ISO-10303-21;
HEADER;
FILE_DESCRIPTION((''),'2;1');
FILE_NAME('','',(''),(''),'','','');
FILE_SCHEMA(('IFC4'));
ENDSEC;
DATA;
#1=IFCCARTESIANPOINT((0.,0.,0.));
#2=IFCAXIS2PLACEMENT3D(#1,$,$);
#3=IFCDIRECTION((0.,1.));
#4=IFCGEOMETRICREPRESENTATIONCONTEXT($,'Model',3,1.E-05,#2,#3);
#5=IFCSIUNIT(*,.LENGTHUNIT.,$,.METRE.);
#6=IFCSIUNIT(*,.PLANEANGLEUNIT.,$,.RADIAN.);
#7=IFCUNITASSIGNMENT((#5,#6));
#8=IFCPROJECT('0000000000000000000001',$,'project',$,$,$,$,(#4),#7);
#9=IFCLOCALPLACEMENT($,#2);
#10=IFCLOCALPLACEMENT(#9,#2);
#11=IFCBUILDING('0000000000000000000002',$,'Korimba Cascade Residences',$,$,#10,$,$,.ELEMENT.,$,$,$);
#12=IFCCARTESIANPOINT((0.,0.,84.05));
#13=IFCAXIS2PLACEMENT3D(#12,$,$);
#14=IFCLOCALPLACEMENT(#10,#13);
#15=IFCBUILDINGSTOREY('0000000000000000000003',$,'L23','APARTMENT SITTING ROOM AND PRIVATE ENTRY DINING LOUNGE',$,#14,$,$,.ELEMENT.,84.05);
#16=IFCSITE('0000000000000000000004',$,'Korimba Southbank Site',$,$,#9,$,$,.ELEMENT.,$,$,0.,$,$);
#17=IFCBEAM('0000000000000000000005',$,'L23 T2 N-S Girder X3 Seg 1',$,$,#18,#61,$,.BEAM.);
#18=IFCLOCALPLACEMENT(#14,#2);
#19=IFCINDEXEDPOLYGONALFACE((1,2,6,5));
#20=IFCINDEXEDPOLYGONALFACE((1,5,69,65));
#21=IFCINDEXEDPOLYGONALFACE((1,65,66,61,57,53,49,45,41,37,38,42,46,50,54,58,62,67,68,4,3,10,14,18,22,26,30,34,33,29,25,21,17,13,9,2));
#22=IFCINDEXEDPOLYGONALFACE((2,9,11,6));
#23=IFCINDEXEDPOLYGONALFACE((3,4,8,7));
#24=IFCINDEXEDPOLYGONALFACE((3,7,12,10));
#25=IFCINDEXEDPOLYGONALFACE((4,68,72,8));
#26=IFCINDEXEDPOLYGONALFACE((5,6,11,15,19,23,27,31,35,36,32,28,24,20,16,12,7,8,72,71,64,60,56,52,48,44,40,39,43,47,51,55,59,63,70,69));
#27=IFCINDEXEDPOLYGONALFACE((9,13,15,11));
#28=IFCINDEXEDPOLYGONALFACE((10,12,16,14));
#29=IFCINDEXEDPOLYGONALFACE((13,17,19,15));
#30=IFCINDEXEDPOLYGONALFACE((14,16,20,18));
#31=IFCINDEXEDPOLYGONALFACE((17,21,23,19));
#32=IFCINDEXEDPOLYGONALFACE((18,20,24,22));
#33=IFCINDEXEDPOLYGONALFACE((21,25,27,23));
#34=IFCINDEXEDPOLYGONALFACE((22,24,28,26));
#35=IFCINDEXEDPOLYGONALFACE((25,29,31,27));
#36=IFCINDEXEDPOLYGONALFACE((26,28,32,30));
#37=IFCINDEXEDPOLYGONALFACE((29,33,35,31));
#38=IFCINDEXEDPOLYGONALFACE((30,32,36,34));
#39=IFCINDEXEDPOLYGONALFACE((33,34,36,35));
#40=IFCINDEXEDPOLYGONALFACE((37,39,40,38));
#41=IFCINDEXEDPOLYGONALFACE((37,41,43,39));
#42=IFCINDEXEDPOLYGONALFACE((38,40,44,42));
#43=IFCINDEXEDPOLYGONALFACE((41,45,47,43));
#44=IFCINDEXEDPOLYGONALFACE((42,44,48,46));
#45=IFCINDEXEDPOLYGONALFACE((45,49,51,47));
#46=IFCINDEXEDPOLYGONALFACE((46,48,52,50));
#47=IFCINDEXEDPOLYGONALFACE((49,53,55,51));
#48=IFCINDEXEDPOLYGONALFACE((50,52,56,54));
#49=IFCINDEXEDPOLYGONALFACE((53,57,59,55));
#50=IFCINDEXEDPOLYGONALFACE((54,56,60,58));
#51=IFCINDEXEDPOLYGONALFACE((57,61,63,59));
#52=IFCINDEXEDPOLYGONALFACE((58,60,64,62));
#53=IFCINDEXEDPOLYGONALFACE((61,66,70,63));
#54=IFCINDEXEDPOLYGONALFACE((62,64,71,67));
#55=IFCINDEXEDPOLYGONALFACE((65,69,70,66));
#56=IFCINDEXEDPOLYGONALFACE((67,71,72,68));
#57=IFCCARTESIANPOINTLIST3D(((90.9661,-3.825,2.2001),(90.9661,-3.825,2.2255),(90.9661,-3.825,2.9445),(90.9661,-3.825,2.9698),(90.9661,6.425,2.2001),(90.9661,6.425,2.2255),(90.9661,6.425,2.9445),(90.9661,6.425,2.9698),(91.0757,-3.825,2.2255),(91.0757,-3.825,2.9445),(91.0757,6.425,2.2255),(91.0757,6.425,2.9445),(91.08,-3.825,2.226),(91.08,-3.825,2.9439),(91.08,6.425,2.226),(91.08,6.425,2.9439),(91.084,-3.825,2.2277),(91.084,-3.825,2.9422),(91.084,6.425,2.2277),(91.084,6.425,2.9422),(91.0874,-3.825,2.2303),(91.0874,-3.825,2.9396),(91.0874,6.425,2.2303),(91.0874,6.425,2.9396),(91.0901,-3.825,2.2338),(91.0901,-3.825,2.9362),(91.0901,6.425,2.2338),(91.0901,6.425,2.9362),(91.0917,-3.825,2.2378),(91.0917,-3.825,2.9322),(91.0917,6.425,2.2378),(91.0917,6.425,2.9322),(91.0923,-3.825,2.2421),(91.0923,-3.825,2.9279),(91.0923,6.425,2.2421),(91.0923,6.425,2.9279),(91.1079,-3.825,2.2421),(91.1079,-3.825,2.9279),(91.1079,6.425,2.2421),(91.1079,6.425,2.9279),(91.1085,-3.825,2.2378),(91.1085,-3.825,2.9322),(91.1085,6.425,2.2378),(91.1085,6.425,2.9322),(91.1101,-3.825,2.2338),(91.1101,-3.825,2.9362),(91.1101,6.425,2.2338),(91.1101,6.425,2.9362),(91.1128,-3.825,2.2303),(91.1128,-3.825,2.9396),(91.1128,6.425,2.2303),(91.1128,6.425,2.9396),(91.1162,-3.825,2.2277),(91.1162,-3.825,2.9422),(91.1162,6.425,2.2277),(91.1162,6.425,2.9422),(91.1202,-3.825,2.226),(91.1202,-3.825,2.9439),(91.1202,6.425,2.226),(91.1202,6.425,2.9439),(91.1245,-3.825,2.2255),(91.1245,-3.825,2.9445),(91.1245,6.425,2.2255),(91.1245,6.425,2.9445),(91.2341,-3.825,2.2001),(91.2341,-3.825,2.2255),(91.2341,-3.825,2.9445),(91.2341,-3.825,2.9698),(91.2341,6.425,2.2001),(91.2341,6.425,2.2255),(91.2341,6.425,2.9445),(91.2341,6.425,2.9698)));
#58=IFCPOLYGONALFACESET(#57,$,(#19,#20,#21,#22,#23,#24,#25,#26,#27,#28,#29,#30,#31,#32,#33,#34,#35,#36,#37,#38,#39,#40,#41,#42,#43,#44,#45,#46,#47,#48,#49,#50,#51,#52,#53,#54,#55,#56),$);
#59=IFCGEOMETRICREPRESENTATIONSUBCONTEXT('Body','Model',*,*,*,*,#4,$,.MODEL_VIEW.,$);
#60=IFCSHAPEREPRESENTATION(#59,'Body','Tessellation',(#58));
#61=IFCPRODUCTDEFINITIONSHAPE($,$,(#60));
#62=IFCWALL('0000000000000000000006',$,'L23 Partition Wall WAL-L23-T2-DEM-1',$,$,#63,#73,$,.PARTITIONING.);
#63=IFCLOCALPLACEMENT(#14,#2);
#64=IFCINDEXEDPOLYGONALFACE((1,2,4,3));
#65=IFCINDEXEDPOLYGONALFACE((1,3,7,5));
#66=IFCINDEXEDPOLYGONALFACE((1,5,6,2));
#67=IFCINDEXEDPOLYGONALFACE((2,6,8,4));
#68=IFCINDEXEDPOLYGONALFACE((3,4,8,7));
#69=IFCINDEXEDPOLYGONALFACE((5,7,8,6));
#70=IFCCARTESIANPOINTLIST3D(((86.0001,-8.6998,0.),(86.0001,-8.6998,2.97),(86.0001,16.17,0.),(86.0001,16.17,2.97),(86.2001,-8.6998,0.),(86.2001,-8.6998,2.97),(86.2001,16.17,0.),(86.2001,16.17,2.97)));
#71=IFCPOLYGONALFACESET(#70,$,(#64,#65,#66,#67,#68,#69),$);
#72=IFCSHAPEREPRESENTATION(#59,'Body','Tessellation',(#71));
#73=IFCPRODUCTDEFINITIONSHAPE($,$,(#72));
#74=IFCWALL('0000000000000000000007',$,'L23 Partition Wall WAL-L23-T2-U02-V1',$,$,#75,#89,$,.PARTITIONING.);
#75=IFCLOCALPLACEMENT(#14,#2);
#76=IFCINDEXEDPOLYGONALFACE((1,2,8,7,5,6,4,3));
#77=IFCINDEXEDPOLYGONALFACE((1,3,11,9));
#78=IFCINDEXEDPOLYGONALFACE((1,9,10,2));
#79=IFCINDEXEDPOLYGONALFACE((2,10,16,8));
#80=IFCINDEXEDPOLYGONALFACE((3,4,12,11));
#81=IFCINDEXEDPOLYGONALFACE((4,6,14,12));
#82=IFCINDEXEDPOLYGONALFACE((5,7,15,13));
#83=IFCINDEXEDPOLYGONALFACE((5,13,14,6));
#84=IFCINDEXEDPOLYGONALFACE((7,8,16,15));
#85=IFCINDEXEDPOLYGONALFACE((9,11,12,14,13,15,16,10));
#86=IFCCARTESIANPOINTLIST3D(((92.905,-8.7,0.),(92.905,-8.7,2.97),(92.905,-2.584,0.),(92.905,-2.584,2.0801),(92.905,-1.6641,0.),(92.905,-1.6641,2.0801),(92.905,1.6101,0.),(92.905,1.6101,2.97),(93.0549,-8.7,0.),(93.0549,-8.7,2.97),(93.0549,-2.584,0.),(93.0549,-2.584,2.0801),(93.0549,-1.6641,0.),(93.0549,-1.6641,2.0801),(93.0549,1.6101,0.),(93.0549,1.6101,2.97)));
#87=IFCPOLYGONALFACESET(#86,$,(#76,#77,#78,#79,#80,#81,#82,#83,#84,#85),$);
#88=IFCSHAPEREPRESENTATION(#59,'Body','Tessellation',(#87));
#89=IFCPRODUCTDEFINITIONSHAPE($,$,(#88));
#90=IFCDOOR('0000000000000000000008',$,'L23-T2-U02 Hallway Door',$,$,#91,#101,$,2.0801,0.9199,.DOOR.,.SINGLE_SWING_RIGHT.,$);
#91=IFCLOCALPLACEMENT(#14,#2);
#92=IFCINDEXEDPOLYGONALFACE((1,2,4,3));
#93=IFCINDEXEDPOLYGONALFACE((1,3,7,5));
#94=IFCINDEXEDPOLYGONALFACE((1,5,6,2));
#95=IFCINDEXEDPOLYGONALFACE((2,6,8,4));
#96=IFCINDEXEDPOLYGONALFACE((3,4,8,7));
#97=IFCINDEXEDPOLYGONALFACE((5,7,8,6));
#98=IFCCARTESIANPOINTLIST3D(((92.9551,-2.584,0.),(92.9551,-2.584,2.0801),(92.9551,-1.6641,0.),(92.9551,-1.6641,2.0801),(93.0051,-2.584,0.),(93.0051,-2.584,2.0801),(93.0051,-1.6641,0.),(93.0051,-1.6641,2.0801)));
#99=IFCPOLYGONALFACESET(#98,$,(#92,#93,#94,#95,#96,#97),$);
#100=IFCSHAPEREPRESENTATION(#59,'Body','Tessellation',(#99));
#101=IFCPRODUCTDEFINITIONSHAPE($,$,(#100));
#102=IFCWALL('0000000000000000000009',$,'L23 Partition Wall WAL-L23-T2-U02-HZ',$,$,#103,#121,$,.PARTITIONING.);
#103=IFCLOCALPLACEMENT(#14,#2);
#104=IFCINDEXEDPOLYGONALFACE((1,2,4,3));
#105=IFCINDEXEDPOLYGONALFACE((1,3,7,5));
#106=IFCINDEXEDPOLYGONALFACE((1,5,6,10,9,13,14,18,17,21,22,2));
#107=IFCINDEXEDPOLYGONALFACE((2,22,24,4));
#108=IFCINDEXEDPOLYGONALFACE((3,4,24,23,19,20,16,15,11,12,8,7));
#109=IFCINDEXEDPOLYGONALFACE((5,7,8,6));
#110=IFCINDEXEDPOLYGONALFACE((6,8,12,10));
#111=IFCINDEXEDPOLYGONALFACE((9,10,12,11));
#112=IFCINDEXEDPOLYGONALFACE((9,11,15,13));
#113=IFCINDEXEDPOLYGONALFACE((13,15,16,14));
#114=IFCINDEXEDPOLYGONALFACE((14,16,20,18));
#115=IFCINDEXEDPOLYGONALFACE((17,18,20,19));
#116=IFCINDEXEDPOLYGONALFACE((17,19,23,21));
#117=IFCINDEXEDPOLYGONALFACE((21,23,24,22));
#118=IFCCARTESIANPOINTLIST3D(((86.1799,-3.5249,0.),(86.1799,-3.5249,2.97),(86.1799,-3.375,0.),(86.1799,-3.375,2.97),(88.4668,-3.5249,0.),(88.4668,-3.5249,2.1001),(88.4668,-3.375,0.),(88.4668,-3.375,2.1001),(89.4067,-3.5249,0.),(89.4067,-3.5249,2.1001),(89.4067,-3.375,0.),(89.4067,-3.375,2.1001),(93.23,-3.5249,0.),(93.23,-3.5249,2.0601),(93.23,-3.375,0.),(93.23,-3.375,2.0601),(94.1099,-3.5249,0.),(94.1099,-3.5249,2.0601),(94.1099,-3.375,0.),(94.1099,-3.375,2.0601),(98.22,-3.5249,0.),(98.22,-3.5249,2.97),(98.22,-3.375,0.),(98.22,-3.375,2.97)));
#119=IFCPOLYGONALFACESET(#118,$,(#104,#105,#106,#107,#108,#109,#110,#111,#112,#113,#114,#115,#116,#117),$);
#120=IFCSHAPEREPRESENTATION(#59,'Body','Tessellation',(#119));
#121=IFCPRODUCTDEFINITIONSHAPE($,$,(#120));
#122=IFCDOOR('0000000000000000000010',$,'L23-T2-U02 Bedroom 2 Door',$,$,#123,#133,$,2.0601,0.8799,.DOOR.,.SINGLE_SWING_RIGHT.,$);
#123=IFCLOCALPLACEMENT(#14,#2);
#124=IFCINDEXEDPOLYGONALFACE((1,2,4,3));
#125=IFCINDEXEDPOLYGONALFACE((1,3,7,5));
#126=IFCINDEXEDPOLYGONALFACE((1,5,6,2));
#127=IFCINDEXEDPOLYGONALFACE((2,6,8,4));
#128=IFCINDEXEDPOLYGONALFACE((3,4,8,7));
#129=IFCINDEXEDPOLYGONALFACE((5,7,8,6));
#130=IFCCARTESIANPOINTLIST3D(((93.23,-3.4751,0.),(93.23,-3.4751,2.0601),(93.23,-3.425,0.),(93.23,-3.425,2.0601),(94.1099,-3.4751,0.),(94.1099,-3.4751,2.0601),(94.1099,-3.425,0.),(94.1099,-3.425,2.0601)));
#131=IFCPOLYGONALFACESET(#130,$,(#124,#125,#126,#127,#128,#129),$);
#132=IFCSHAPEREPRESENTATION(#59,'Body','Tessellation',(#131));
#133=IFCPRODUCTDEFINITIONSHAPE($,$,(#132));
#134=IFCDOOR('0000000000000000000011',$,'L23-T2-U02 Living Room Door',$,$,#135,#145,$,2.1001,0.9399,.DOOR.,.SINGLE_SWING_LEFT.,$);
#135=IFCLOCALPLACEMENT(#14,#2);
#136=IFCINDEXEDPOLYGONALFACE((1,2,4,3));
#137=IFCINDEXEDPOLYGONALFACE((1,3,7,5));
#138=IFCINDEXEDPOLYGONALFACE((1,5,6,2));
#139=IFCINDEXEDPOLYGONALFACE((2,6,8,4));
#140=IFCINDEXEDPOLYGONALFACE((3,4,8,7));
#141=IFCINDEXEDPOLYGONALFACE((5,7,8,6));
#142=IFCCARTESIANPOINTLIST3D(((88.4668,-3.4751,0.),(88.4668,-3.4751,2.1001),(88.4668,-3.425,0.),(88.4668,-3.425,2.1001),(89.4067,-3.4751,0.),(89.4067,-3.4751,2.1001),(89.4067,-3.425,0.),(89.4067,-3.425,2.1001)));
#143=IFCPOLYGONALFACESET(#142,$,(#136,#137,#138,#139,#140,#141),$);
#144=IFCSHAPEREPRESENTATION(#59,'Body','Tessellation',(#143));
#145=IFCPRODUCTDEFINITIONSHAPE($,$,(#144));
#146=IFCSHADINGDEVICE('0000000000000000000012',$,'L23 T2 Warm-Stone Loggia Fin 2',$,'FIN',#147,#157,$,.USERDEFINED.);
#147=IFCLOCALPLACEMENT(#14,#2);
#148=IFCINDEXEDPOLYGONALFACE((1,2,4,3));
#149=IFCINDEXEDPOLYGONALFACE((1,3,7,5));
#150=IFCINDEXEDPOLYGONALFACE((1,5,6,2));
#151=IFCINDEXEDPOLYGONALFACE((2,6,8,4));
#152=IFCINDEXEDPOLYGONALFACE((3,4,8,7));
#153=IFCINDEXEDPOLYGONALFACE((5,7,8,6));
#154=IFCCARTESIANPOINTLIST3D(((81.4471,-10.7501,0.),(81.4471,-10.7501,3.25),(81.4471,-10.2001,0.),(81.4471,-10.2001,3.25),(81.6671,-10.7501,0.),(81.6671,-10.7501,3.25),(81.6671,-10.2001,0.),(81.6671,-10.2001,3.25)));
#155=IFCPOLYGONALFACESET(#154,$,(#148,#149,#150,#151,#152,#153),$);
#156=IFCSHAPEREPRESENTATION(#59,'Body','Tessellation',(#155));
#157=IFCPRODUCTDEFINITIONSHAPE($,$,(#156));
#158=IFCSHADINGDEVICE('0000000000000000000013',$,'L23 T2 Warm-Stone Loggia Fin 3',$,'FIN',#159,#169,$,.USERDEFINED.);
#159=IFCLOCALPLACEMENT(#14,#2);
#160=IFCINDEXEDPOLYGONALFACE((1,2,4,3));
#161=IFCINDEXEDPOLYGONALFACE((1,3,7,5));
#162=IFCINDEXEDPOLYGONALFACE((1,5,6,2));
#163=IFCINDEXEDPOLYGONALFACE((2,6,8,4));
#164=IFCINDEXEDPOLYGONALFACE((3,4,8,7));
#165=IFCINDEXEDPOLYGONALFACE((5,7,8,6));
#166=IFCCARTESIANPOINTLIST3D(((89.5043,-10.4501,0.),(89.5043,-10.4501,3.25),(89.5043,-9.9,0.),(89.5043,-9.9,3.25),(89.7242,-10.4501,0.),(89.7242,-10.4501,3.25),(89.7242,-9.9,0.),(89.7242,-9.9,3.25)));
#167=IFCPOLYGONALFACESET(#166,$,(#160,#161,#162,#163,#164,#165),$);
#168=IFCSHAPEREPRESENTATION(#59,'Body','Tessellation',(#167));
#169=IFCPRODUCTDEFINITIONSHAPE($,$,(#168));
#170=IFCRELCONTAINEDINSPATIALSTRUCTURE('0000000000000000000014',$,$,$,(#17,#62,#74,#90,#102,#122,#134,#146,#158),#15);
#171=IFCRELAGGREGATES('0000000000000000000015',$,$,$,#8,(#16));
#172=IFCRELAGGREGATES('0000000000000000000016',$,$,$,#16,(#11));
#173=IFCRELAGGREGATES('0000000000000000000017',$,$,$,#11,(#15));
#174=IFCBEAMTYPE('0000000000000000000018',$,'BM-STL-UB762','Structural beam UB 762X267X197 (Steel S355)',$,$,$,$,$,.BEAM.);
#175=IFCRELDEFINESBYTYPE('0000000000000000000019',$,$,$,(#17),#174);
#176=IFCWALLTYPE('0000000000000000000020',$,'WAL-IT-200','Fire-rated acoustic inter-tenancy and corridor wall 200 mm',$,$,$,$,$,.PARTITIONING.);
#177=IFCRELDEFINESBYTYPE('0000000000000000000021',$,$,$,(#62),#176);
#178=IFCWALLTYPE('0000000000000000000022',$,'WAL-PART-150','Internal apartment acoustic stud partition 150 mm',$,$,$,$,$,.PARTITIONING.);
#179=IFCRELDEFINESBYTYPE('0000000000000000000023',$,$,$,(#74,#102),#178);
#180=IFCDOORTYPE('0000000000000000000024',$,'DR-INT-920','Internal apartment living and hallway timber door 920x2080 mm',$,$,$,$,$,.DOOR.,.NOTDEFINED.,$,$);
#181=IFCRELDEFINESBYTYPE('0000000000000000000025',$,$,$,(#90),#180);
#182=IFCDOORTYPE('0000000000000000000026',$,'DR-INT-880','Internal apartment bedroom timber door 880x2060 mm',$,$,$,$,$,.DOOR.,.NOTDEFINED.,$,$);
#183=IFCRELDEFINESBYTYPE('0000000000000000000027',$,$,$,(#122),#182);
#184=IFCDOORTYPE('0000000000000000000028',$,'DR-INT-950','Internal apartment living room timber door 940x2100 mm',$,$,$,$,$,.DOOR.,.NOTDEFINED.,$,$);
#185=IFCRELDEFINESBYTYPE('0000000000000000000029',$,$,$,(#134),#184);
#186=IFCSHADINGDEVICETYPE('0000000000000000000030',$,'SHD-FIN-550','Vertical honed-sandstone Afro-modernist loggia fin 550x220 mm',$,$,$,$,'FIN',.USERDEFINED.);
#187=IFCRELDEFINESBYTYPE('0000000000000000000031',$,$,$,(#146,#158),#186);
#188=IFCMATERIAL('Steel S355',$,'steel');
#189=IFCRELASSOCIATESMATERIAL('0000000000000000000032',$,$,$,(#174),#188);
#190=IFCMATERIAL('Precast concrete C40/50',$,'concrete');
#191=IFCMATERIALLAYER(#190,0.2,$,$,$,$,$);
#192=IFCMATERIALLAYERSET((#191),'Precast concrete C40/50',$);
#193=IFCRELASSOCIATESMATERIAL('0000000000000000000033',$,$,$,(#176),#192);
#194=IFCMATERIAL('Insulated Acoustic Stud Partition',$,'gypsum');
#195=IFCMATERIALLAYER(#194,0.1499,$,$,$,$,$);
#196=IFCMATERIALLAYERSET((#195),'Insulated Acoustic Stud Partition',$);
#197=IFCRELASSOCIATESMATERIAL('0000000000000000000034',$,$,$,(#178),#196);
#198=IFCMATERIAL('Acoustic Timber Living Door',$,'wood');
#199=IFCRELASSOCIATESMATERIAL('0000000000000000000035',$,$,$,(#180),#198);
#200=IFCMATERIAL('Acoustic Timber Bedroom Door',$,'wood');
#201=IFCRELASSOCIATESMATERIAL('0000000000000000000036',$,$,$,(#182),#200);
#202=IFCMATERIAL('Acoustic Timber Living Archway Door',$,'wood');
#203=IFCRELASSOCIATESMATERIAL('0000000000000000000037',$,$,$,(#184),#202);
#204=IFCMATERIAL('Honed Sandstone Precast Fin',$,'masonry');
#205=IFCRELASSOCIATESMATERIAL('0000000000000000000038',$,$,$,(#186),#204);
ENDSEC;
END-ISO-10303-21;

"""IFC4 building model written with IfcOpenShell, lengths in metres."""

from ifc_helpers import new_model, si_unit, direction, frame, frame_2d, origin, origin_2d, place, context, subcontext, project, spatial, rectangle, i_section, extrude, material, layer, layer_set, material_profile, profile_set, type_object, element, fill, save


model = new_model("IFC4")

# Units and contexts
model_context = context("Model", 3, precision=1e-05, world=origin(), true_north=direction((0.0, 1.0)))
body_context = subcontext(model_context, "Body", "Model", "MODEL_VIEW")
ifc_project = project(units=[si_unit("LENGTHUNIT", "METRE"), si_unit("PLANEANGLEUNIT", "RADIAN")], contexts=[model_context])

# Site, building, storey
site_placement = place(None, origin())
site = spatial("IfcSite", under=ifc_project, at=site_placement, Name="Korimba Southbank Site", CompositionType="ELEMENT", RefElevation=0.0)
building_placement = place(site_placement, origin())
building = spatial("IfcBuilding", under=site, at=building_placement, Name="Korimba Cascade Residences", CompositionType="ELEMENT")
storey_placement = place(building_placement, frame((0.0, 0.0, 84.05)))
storey = spatial("IfcBuildingStorey", under=building, at=storey_placement, Name="L23", Description="APARTMENT SITTING ROOM AND PRIVATE ENTRY DINING LOUNGE", CompositionType="ELEMENT", Elevation=84.05)

# Beam
ifc_material_1 = material(Name="Steel S355", Category="steel")
ifc_material_profile_1 = material_profile(ifc_material_1, i_section(OverallWidth=0.2681, OverallDepth=0.7698, WebThickness=0.0156, FlangeThickness=0.0254, FilletRadius=0.0166, at=origin_2d()), Name="Steel S355")
ifc_profile_set_1 = profile_set([ifc_material_profile_1], Name="Steel S355")
beam_type_1 = type_object("IfcBeamType", Name="BM-STL-UB762", Description="Structural beam UB 762X267X197 (Steel S355)", PredefinedType="BEAM", material=ifc_profile_set_1)
for number, where, z_axis, x_axis, name in (
    (1, (91.1001, -3.825, 2.585), (0.0, 1.0, 0.0), (-1.0, 0.0, 0.0), "L23 T2 N-S Girder X3 Seg 1"),
):
    element("IfcBeam", number, at=place(storey_placement, frame(where, z_axis=z_axis, x_axis=x_axis)), inside=storey, type_object=beam_type_1, Name=name, PredefinedType="BEAM", context=body_context, shape_type="SweptSolid", body=[
        extrude(i_section(OverallWidth=0.2681, OverallDepth=0.7698, WebThickness=0.0156, FlangeThickness=0.0254, FilletRadius=0.0166, at=origin_2d()), origin(), (0.0, 0.0, 1.0), 10.25),
    ])

# Wall
ifc_material_2 = material(Name="Precast concrete C40/50", Category="concrete")
ifc_layer_1 = layer(ifc_material_2, 0.2)
ifc_layer_set_1 = layer_set([ifc_layer_1], Name="Precast concrete C40/50")
wall_type_1 = type_object("IfcWallType", Name="WAL-IT-200", Description="Fire-rated acoustic inter-tenancy and corridor wall 200 mm", PredefinedType="PARTITIONING", material=ifc_layer_set_1)
wall_1_placement = place(storey_placement, frame((86.1001, -8.7, 0.0), z_axis=(0.0, 0.0, 1.0), x_axis=(0.0, 1.0, 0.0)))
element("IfcWall", 2, at=wall_1_placement, inside=storey, type_object=wall_type_1, Name="L23 Partition Wall WAL-L23-T2-DEM-1", PredefinedType="PARTITIONING", context=body_context, shape_type="SweptSolid", body=[
    extrude(rectangle(XDim=24.8699, YDim=0.2, at=frame_2d((12.4351, 0.0))), origin(), (0.0, 0.0, 1.0), 2.97),
])

# Wall, opening, door
ifc_material_3 = material(Name="Insulated Acoustic Stud Partition", Category="gypsum")
ifc_layer_2 = layer(ifc_material_3, 0.1499)
ifc_layer_set_2 = layer_set([ifc_layer_2], Name="Insulated Acoustic Stud Partition")
wall_type_2 = type_object("IfcWallType", Name="WAL-PART-150", Description="Internal apartment acoustic stud partition 150 mm", PredefinedType="PARTITIONING", material=ifc_layer_set_2)
wall_2_placement = place(storey_placement, frame((92.98, -8.7, 0.0), z_axis=(0.0, 0.0, 1.0), x_axis=(0.0, 1.0, 0.0)))
wall_2 = element("IfcWall", 3, at=wall_2_placement, inside=storey, type_object=wall_type_2, Name="L23 Partition Wall WAL-L23-T2-U02-V1", PredefinedType="PARTITIONING", context=body_context, shape_type="SweptSolid", body=[
    extrude(rectangle(XDim=10.3101, YDim=0.1499, at=frame_2d((5.155, 0.0))), origin(), (0.0, 0.0, 1.0), 2.97),
])
opening_1_placement = place(wall_2_placement, frame((6.116, 0.0, 0.0)))
opening_1 = element("IfcOpeningElement", 4, at=opening_1_placement, cuts=wall_2, PredefinedType="OPENING", context=body_context, shape_type="SweptSolid", body=[
    extrude(rectangle(XDim=0.9199, YDim=2.0801, at=frame_2d((0.46, 1.04))), frame((0.0, 0.085, 0.0), z_axis=(0.0, -1.0, 0.0), x_axis=(1.0, 0.0, 0.0)), (0.0, 0.0, 1.0), 0.1699),
])
ifc_material_4 = material(Name="Acoustic Timber Living Door", Category="wood")
door_type_1 = type_object("IfcDoorType", Name="DR-INT-920", Description="Internal apartment living and hallway timber door 920x2080 mm", OperationType="NOTDEFINED", PredefinedType="DOOR", material=ifc_material_4)
door_1_placement = place(opening_1_placement, origin())
door_1 = element("IfcDoor", 5, at=door_1_placement, inside=storey, type_object=door_type_1, Name="L23-T2-U02 Hallway Door", OperationType="SINGLE_SWING_RIGHT", OverallHeight=2.0801, OverallWidth=0.9199, PredefinedType="DOOR", context=body_context, shape_type="SweptSolid", body=[
    extrude(rectangle(XDim=0.9199, YDim=2.0801, at=frame_2d((0.46, 1.04))), frame((0.0, 0.0249, 0.0), z_axis=(0.0, -1.0, 0.0), x_axis=(1.0, 0.0, 0.0)), (0.0, 0.0, 1.0), 0.05),
])
fill(opening_1, door_1)

# Wall, openings, doors
wall_3_placement = place(storey_placement, frame((86.1799, -3.45, 0.0), z_axis=(0.0, 0.0, 1.0), x_axis=(1.0, 0.0, 0.0)))
wall_3 = element("IfcWall", 6, at=wall_3_placement, inside=storey, type_object=wall_type_2, Name="L23 Partition Wall WAL-L23-T2-U02-HZ", PredefinedType="PARTITIONING", context=body_context, shape_type="SweptSolid", body=[
    extrude(rectangle(XDim=12.04, YDim=0.1499, at=frame_2d((6.02, 0.0))), origin(), (0.0, 0.0, 1.0), 2.97),
])
opening_2_placement = place(wall_3_placement, frame((2.2869, 0.0, 0.0)))
opening_2 = element("IfcOpeningElement", 7, at=opening_2_placement, cuts=wall_3, PredefinedType="OPENING", context=body_context, shape_type="SweptSolid", body=[
    extrude(rectangle(XDim=0.9399, YDim=2.1001, at=frame_2d((0.47, 1.05))), frame((0.0, 0.085, 0.0), z_axis=(0.0, -1.0, 0.0), x_axis=(1.0, 0.0, 0.0)), (0.0, 0.0, 1.0), 0.1699),
])
opening_3_placement = place(wall_3_placement, frame((7.05, 0.0, 0.0)))
opening_3 = element("IfcOpeningElement", 8, at=opening_3_placement, cuts=wall_3, PredefinedType="OPENING", context=body_context, shape_type="SweptSolid", body=[
    extrude(rectangle(XDim=0.8799, YDim=2.0601, at=frame_2d((0.4399, 1.03))), frame((0.0, 0.085, 0.0), z_axis=(0.0, -1.0, 0.0), x_axis=(1.0, 0.0, 0.0)), (0.0, 0.0, 1.0), 0.1699),
])
ifc_material_5 = material(Name="Acoustic Timber Bedroom Door", Category="wood")
door_type_2 = type_object("IfcDoorType", Name="DR-INT-880", Description="Internal apartment bedroom timber door 880x2060 mm", OperationType="NOTDEFINED", PredefinedType="DOOR", material=ifc_material_5)
door_2_placement = place(opening_3_placement, origin())
door_2 = element("IfcDoor", 9, at=door_2_placement, inside=storey, type_object=door_type_2, Name="L23-T2-U02 Bedroom 2 Door", OperationType="SINGLE_SWING_RIGHT", OverallHeight=2.0601, OverallWidth=0.8799, PredefinedType="DOOR", context=body_context, shape_type="SweptSolid", body=[
    extrude(rectangle(XDim=0.8799, YDim=2.0601, at=frame_2d((0.4399, 1.03))), frame((0.0, 0.0249, 0.0), z_axis=(0.0, -1.0, 0.0), x_axis=(1.0, 0.0, 0.0)), (0.0, 0.0, 1.0), 0.05),
])
fill(opening_3, door_2)
ifc_material_6 = material(Name="Acoustic Timber Living Archway Door", Category="wood")
door_type_3 = type_object("IfcDoorType", Name="DR-INT-950", Description="Internal apartment living room timber door 940x2100 mm", OperationType="NOTDEFINED", PredefinedType="DOOR", material=ifc_material_6)
door_3_placement = place(opening_2_placement, origin())
door_3 = element("IfcDoor", 10, at=door_3_placement, inside=storey, type_object=door_type_3, Name="L23-T2-U02 Living Room Door", OperationType="SINGLE_SWING_LEFT", OverallHeight=2.1001, OverallWidth=0.9399, PredefinedType="DOOR", context=body_context, shape_type="SweptSolid", body=[
    extrude(rectangle(XDim=0.9399, YDim=2.1001, at=frame_2d((0.47, 1.05))), frame((0.0, 0.0249, 0.0), z_axis=(0.0, -1.0, 0.0), x_axis=(1.0, 0.0, 0.0)), (0.0, 0.0, 1.0), 0.05),
])
fill(opening_2, door_3)

# Shading devices
ifc_material_7 = material(Name="Honed Sandstone Precast Fin", Category="masonry")
shading_device_type = type_object("IfcShadingDeviceType", Name="SHD-FIN-550", Description="Vertical honed-sandstone Afro-modernist loggia fin 550x220 mm", ElementType="FIN", PredefinedType="USERDEFINED", material=ifc_material_7)
for number, where, z_axis, x_axis, name in (
    (11, (81.5571, -10.4751, 0.0), (0.0, 0.0, 1.0), (1.0, 0.0, 0.0), "L23 T2 Warm-Stone Loggia Fin 2"),
    (12, (89.6143, -10.175, 0.0), (0.0, 0.0, 1.0), (1.0, 0.0, 0.0), "L23 T2 Warm-Stone Loggia Fin 3"),
):
    element("IfcShadingDevice", number, at=place(storey_placement, frame(where, z_axis=z_axis, x_axis=x_axis)), inside=storey, type_object=shading_device_type, Name=name, ObjectType="FIN", PredefinedType="USERDEFINED", context=body_context, shape_type="SweptSolid", body=[
        extrude(rectangle(XDim=0.22, YDim=0.55, at=origin_2d()), origin(), (0.0, 0.0, 1.0), 3.25),
    ])

save(model, "model.ifc")
